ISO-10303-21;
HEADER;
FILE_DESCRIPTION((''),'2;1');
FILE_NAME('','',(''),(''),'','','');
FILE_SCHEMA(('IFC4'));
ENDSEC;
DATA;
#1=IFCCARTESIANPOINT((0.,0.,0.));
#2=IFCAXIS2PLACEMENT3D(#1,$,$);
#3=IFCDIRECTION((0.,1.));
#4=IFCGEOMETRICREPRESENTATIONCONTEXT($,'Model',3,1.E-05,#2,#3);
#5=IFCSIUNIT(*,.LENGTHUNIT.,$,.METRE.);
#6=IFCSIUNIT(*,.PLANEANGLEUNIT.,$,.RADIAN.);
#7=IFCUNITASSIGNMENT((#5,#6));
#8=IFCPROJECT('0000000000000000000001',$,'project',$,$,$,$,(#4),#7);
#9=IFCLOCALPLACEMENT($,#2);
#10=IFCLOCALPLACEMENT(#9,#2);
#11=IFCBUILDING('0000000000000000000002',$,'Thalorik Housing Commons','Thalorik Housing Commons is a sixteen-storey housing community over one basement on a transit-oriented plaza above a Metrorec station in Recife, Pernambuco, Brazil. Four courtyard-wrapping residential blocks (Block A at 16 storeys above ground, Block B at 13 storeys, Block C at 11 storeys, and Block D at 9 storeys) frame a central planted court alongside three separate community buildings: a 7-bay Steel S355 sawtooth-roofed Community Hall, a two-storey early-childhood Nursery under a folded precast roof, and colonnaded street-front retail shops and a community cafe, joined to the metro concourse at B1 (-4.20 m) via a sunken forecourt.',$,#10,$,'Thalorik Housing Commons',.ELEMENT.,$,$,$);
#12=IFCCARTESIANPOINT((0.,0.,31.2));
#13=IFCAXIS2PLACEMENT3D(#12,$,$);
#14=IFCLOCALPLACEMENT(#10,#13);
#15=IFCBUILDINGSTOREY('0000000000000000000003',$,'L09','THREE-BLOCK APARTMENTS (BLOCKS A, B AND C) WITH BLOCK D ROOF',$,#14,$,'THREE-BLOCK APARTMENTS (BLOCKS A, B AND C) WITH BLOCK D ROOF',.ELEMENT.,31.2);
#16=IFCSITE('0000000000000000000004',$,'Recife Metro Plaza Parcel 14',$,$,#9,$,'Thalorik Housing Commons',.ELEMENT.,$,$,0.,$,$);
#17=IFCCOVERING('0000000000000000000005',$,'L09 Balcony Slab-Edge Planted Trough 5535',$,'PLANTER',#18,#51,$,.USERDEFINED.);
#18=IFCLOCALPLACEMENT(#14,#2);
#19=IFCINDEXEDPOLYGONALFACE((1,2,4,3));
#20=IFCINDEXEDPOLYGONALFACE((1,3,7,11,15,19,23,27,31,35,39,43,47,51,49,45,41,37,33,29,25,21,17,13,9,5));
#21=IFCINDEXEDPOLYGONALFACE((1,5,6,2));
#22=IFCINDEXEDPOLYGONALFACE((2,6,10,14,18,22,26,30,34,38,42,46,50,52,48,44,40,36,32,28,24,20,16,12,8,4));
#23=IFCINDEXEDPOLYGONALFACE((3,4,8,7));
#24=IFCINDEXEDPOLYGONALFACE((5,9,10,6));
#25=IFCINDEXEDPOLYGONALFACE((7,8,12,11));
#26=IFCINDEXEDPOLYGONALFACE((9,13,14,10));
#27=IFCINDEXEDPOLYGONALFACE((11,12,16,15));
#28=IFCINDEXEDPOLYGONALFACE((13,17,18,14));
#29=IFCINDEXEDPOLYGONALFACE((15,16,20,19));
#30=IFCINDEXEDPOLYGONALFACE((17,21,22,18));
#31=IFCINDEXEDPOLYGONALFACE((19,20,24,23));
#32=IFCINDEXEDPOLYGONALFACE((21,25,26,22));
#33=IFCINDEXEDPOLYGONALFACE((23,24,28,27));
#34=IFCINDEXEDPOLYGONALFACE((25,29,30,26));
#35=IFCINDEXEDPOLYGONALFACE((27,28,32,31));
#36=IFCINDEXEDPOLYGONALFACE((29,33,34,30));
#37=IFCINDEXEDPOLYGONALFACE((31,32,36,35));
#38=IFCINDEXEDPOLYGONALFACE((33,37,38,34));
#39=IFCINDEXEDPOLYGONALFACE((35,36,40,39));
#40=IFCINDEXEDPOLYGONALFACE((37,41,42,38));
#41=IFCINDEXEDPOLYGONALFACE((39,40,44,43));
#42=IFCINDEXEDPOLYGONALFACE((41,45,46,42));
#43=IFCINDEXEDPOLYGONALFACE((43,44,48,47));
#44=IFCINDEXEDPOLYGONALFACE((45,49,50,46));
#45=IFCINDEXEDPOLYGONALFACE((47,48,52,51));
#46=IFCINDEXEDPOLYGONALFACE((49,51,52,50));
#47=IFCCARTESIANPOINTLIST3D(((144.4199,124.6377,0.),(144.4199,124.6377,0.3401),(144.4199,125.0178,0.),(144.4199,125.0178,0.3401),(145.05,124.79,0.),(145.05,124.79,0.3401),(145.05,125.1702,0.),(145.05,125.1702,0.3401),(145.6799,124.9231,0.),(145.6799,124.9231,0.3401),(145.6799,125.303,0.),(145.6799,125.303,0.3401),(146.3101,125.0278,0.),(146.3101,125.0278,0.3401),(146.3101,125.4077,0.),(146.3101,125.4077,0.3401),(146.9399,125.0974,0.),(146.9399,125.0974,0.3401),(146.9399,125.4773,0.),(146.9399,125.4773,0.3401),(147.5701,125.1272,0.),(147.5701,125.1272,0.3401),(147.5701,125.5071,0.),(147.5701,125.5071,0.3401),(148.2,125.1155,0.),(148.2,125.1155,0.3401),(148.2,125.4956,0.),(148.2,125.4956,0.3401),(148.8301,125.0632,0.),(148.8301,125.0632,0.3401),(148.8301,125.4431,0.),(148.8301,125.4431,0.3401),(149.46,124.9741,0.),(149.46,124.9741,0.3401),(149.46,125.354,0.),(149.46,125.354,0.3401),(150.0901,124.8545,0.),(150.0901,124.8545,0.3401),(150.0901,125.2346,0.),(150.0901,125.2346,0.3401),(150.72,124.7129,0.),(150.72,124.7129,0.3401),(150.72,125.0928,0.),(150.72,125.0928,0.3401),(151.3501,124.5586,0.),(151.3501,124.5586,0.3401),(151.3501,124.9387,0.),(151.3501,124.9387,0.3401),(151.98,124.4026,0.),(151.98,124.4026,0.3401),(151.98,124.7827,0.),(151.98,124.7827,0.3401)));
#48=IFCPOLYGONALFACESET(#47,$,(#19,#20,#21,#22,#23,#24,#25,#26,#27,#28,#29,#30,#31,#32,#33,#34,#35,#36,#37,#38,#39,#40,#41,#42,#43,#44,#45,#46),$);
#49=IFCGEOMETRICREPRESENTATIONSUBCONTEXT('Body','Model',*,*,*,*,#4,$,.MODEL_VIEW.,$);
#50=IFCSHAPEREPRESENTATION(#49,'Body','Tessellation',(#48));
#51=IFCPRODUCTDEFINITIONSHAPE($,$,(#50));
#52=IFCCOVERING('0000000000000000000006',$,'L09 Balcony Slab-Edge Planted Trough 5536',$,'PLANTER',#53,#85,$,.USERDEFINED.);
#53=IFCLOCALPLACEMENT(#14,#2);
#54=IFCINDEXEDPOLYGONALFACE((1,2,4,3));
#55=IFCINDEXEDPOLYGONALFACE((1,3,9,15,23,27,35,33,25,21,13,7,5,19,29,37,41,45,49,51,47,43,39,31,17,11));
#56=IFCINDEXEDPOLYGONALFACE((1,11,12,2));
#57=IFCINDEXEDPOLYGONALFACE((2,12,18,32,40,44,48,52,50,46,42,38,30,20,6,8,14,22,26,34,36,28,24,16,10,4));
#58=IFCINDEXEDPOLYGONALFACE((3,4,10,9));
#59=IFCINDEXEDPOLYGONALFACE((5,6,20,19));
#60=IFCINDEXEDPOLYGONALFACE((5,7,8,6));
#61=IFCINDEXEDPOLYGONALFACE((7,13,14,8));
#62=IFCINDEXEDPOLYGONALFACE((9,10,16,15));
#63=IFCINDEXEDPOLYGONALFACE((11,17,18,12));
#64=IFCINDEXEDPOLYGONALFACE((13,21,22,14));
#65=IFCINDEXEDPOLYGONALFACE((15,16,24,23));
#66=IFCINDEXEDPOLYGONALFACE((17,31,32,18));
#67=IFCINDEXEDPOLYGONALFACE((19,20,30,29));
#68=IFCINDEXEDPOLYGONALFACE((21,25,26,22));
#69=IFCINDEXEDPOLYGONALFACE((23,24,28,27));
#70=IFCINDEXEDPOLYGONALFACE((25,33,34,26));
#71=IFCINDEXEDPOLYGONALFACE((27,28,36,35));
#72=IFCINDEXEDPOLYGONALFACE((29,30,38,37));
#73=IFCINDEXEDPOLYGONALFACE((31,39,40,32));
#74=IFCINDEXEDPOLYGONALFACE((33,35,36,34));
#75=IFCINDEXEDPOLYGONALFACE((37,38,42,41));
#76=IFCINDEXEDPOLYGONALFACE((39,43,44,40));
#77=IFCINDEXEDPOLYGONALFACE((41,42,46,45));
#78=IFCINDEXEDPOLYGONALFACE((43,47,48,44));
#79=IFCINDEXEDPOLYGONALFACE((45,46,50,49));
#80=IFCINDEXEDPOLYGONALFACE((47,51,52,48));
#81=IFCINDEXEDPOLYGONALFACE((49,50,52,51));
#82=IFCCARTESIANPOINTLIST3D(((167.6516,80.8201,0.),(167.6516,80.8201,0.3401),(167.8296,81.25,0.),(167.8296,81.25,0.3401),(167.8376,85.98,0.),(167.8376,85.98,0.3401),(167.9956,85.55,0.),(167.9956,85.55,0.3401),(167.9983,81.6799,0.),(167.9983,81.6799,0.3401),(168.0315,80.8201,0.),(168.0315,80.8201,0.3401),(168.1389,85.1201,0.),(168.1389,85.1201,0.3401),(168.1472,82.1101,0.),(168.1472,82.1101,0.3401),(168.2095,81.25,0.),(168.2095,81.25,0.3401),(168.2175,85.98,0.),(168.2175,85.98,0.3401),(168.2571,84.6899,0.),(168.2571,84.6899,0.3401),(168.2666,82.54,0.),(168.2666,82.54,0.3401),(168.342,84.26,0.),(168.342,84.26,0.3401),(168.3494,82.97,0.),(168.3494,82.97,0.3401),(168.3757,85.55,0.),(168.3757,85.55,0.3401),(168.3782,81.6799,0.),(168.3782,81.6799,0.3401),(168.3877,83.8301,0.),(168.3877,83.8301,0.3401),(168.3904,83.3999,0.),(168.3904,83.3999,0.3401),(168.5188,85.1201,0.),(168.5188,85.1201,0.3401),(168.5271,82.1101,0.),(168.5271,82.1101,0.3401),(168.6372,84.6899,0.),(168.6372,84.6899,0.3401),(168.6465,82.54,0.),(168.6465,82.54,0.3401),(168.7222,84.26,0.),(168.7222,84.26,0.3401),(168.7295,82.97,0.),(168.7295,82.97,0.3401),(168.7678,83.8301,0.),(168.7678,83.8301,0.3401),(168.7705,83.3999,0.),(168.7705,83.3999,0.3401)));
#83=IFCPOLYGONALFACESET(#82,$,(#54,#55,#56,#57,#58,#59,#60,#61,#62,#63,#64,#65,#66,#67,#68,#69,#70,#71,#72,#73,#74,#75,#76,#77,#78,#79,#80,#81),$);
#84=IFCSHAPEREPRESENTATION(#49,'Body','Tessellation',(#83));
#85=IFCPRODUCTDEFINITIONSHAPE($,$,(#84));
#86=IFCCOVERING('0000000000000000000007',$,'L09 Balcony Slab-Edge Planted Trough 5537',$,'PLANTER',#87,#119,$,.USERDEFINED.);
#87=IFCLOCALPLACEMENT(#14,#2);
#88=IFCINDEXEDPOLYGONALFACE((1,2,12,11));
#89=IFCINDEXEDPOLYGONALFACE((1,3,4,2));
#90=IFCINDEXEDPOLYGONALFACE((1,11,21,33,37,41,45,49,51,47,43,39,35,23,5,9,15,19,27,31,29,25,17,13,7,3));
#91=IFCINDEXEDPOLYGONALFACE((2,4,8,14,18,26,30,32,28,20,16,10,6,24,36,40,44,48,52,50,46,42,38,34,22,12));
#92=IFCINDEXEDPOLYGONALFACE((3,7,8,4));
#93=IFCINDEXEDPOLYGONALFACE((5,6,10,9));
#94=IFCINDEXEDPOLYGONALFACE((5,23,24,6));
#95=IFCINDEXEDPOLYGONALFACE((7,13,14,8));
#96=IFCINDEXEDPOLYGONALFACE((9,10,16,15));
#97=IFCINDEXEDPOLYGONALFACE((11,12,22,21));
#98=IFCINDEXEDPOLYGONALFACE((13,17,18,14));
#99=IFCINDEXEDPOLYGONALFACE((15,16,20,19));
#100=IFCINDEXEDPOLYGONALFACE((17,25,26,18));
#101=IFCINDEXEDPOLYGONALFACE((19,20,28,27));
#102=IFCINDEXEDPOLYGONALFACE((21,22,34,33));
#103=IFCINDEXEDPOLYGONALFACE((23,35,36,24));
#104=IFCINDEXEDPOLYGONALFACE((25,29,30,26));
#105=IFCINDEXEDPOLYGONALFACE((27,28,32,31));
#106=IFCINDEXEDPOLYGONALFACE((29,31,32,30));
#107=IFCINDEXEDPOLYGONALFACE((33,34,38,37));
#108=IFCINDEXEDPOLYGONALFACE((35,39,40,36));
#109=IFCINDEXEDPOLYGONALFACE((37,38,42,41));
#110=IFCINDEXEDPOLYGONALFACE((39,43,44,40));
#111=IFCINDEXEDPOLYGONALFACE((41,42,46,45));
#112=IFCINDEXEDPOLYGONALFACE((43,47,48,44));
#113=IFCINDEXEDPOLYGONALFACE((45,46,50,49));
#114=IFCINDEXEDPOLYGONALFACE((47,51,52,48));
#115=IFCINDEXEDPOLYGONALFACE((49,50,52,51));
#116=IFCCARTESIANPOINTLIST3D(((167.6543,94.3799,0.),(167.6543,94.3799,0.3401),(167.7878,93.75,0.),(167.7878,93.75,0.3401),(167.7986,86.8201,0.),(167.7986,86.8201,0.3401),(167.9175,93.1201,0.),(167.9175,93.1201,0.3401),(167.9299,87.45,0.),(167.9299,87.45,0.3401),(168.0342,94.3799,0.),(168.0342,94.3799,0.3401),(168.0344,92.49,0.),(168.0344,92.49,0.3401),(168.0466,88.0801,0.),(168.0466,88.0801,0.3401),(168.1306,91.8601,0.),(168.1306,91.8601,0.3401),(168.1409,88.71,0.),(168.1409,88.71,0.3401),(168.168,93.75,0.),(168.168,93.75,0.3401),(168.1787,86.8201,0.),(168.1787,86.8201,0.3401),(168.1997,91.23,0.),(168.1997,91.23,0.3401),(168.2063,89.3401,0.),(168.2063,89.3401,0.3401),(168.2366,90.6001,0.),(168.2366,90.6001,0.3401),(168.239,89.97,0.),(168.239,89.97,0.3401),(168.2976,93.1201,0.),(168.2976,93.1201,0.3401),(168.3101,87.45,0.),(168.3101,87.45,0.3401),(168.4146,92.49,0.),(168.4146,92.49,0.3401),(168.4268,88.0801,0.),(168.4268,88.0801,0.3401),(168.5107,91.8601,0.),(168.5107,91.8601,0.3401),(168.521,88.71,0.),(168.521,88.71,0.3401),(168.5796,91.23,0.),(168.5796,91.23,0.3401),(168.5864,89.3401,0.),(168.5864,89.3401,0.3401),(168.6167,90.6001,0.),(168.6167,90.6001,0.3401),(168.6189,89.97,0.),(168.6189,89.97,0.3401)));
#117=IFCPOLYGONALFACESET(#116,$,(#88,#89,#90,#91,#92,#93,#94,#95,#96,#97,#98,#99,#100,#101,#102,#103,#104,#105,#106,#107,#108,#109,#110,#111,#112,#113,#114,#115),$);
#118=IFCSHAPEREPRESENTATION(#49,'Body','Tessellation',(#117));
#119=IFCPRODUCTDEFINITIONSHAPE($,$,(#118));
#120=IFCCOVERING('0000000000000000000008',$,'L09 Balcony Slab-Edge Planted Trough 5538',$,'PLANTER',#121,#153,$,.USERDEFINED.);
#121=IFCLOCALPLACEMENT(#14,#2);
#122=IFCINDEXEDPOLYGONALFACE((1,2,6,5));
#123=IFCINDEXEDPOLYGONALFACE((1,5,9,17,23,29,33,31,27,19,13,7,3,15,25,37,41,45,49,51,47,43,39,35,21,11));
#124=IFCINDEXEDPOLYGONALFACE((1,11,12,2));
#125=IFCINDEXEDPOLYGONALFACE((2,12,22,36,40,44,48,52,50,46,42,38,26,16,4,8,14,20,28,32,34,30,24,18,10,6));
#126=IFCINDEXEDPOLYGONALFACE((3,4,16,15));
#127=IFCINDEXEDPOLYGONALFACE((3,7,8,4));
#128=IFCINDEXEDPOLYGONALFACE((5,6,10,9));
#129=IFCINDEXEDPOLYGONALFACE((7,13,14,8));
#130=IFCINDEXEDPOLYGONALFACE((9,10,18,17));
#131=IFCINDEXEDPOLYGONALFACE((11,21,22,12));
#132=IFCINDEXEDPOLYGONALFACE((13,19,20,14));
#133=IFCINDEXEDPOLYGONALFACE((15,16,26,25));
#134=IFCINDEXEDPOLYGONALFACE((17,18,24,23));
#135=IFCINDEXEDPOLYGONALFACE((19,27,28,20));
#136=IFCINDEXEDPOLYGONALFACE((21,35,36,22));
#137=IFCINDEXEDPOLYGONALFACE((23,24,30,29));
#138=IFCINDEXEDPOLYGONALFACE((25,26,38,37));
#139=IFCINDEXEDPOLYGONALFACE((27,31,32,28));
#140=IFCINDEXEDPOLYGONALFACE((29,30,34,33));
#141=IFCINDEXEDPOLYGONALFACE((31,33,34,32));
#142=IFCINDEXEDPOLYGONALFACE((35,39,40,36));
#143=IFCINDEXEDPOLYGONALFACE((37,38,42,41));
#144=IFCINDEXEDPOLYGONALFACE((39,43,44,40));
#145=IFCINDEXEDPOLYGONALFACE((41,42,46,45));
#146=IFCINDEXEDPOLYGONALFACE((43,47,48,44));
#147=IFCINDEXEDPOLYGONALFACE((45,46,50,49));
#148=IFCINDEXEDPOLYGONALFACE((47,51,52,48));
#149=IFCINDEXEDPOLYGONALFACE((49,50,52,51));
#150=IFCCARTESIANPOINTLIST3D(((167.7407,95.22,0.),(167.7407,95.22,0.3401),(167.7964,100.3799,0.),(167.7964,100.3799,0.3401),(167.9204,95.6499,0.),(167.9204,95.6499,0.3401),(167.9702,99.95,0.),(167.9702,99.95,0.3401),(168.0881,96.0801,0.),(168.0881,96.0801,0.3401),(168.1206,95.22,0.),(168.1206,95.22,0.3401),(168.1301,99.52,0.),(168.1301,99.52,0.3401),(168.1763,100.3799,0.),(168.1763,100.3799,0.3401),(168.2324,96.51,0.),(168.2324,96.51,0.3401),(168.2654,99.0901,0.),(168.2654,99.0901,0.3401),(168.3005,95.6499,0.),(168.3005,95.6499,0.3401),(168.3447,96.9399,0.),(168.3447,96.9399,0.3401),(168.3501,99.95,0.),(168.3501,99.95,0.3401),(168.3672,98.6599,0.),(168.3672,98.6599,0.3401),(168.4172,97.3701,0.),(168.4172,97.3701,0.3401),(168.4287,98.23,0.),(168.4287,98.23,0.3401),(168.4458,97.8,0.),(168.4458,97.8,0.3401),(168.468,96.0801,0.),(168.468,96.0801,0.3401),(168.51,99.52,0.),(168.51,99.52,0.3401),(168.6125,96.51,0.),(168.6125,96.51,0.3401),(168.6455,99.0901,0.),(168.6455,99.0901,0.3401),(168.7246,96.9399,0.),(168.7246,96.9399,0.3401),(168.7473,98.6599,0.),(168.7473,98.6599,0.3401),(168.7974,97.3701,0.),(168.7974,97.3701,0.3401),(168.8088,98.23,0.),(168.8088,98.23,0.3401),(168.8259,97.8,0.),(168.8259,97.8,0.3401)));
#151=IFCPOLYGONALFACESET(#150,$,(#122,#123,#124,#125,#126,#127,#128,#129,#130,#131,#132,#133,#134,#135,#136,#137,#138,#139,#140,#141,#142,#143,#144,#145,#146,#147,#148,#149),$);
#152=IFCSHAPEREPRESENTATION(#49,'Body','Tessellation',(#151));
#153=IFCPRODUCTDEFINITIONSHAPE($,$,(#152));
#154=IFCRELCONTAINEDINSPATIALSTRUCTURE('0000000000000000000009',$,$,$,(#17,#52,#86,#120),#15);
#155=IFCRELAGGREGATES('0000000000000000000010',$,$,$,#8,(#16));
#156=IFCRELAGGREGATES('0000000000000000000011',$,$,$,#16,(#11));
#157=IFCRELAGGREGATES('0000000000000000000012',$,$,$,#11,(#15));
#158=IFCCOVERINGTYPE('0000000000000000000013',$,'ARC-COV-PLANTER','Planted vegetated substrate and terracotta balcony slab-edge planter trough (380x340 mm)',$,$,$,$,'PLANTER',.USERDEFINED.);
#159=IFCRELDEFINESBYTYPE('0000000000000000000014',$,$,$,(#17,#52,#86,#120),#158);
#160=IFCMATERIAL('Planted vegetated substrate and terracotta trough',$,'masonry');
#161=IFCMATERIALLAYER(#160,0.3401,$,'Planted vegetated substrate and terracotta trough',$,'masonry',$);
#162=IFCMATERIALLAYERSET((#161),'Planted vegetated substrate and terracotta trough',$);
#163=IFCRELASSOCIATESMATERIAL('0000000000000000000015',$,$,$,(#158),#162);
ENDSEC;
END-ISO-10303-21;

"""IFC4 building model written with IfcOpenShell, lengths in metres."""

from ifc_helpers import new_model, si_unit, direction, frame, origin, place, context, subcontext, project, spatial, polyline, outline, extrude, material, layer, layer_set, type_object, element, save


model = new_model("IFC4")

# Units and contexts
model_context = context("Model", 3, precision=1e-05, world=origin(), true_north=direction((0.0, 1.0)))
body_context = subcontext(model_context, "Body", "Model", "MODEL_VIEW")
ifc_project = project(units=[si_unit("LENGTHUNIT", "METRE"), si_unit("PLANEANGLEUNIT", "RADIAN")], contexts=[model_context])

# Site, building, storey
site_placement = place(None, origin())
site = spatial("IfcSite", under=ifc_project, at=site_placement, Name="Recife Metro Plaza Parcel 14", LongName="Thalorik Housing Commons", CompositionType="ELEMENT", RefElevation=0.0)
building_placement = place(site_placement, origin())
building = spatial("IfcBuilding", under=site, at=building_placement, Name="Thalorik Housing Commons", Description="Thalorik Housing Commons is a sixteen-storey housing community over one basement on a transit-oriented plaza above a Metrorec station in Recife, Pernambuco, Brazil. Four courtyard-wrapping residential blocks (Block A at 16 storeys above ground, Block B at 13 storeys, Block C at 11 storeys, and Block D at 9 storeys) frame a central planted court alongside three separate community buildings: a 7-bay Steel S355 sawtooth-roofed Community Hall, a two-storey early-childhood Nursery under a folded precast roof, and colonnaded street-front retail shops and a community cafe, joined to the metro concourse at B1 (-4.20 m) via a sunken forecourt.", LongName="Thalorik Housing Commons", CompositionType="ELEMENT")
storey_placement = place(building_placement, frame((0.0, 0.0, 31.2)))
storey = spatial("IfcBuildingStorey", under=building, at=storey_placement, Name="L09", Description="THREE-BLOCK APARTMENTS (BLOCKS A, B AND C) WITH BLOCK D ROOF", LongName="THREE-BLOCK APARTMENTS (BLOCKS A, B AND C) WITH BLOCK D ROOF", CompositionType="ELEMENT", Elevation=31.2)

# Coverings
ifc_material_1 = material(Name="Planted vegetated substrate and terracotta trough", Category="masonry")
ifc_layer_1 = layer(ifc_material_1, 0.3401, Name="Planted vegetated substrate and terracotta trough", Category="masonry")
ifc_layer_set_1 = layer_set([ifc_layer_1], Name="Planted vegetated substrate and terracotta trough")
covering_type_1 = type_object("IfcCoveringType", Name="ARC-COV-PLANTER", Description="Planted vegetated substrate and terracotta balcony slab-edge planter trough (380x340 mm)", ElementType="PLANTER", PredefinedType="USERDEFINED", material=ifc_layer_set_1)
covering_1_placement = place(storey_placement, origin())
element("IfcCovering", 1, at=covering_1_placement, inside=storey, type_object=covering_type_1, Name="L09 Balcony Slab-Edge Planted Trough 5535", ObjectType="PLANTER", PredefinedType="USERDEFINED", context=body_context, shape_type="SweptSolid", body=[
    extrude(outline(polyline([(151.98, 124.7827), (151.3501, 124.9387), (150.72, 125.0928), (150.0901, 125.2346), (149.46, 125.354), (148.8301, 125.4431), (148.2, 125.4956), (147.5701, 125.5071), (146.9399, 125.4773), (146.3101, 125.4077), (145.6799, 125.303), (145.05, 125.1702), (144.4199, 125.0178), (144.4199, 124.6377), (145.05, 124.79), (145.6799, 124.9231), (146.3101, 125.0278), (146.9399, 125.0974), (147.5701, 125.1272), (148.2, 125.1155), (148.8301, 125.0632), (149.46, 124.9741), (150.0901, 124.8545), (150.72, 124.7129), (151.3501, 124.5586), (151.98, 124.4026), (151.98, 124.7827)])), origin(), (0.0, 0.0, 1.0), 0.3401),
])
covering_2_placement = place(storey_placement, origin())
element("IfcCovering", 2, at=covering_2_placement, inside=storey, type_object=covering_type_1, Name="L09 Balcony Slab-Edge Planted Trough 5536", ObjectType="PLANTER", PredefinedType="USERDEFINED", context=body_context, shape_type="SweptSolid", body=[
    extrude(outline(polyline([(168.0315, 80.8201), (168.2095, 81.25), (168.3782, 81.6799), (168.5271, 82.1101), (168.6465, 82.54), (168.7295, 82.97), (168.7705, 83.3999), (168.7678, 83.8301), (168.7222, 84.26), (168.6372, 84.6899), (168.5188, 85.1201), (168.3757, 85.55), (168.2175, 85.98), (167.8376, 85.98), (167.9956, 85.55), (168.1389, 85.1201), (168.2571, 84.6899), (168.342, 84.26), (168.3877, 83.8301), (168.3904, 83.3999), (168.3494, 82.97), (168.2666, 82.54), (168.1472, 82.1101), (167.9983, 81.6799), (167.8296, 81.25), (167.6516, 80.8201), (168.0315, 80.8201)])), origin(), (0.0, 0.0, 1.0), 0.3401),
])
covering_3_placement = place(storey_placement, origin())
element("IfcCovering", 3, at=covering_3_placement, inside=storey, type_object=covering_type_1, Name="L09 Balcony Slab-Edge Planted Trough 5537", ObjectType="PLANTER", PredefinedType="USERDEFINED", context=body_context, shape_type="SweptSolid", body=[
    extrude(outline(polyline([(168.1787, 86.8201), (168.3101, 87.45), (168.4268, 88.0801), (168.521, 88.71), (168.5864, 89.3401), (168.6189, 89.97), (168.6167, 90.6001), (168.5796, 91.23), (168.5107, 91.8601), (168.4146, 92.49), (168.2976, 93.1201), (168.168, 93.75), (168.0342, 94.3799), (167.6543, 94.3799), (167.7878, 93.75), (167.9175, 93.1201), (168.0344, 92.49), (168.1306, 91.8601), (168.1997, 91.23), (168.2366, 90.6001), (168.239, 89.97), (168.2063, 89.3401), (168.1409, 88.71), (168.0466, 88.0801), (167.9299, 87.45), (167.7986, 86.8201), (168.1787, 86.8201)])), origin(), (0.0, 0.0, 1.0), 0.3401),
])
covering_4_placement = place(storey_placement, origin())
element("IfcCovering", 4, at=covering_4_placement, inside=storey, type_object=covering_type_1, Name="L09 Balcony Slab-Edge Planted Trough 5538", ObjectType="PLANTER", PredefinedType="USERDEFINED", context=body_context, shape_type="SweptSolid", body=[
    extrude(outline(polyline([(168.1206, 95.22), (168.3005, 95.6499), (168.468, 96.0801), (168.6125, 96.51), (168.7246, 96.9399), (168.7974, 97.3701), (168.8259, 97.8), (168.8088, 98.23), (168.7473, 98.6599), (168.6455, 99.0901), (168.51, 99.52), (168.3501, 99.95), (168.1763, 100.3799), (167.7964, 100.3799), (167.9702, 99.95), (168.1301, 99.52), (168.2654, 99.0901), (168.3672, 98.6599), (168.4287, 98.23), (168.4458, 97.8), (168.4172, 97.3701), (168.3447, 96.9399), (168.2324, 96.51), (168.0881, 96.0801), (167.9204, 95.6499), (167.7407, 95.22), (168.1206, 95.22)])), origin(), (0.0, 0.0, 1.0), 0.3401),
])

save(model, "model.ifc")
